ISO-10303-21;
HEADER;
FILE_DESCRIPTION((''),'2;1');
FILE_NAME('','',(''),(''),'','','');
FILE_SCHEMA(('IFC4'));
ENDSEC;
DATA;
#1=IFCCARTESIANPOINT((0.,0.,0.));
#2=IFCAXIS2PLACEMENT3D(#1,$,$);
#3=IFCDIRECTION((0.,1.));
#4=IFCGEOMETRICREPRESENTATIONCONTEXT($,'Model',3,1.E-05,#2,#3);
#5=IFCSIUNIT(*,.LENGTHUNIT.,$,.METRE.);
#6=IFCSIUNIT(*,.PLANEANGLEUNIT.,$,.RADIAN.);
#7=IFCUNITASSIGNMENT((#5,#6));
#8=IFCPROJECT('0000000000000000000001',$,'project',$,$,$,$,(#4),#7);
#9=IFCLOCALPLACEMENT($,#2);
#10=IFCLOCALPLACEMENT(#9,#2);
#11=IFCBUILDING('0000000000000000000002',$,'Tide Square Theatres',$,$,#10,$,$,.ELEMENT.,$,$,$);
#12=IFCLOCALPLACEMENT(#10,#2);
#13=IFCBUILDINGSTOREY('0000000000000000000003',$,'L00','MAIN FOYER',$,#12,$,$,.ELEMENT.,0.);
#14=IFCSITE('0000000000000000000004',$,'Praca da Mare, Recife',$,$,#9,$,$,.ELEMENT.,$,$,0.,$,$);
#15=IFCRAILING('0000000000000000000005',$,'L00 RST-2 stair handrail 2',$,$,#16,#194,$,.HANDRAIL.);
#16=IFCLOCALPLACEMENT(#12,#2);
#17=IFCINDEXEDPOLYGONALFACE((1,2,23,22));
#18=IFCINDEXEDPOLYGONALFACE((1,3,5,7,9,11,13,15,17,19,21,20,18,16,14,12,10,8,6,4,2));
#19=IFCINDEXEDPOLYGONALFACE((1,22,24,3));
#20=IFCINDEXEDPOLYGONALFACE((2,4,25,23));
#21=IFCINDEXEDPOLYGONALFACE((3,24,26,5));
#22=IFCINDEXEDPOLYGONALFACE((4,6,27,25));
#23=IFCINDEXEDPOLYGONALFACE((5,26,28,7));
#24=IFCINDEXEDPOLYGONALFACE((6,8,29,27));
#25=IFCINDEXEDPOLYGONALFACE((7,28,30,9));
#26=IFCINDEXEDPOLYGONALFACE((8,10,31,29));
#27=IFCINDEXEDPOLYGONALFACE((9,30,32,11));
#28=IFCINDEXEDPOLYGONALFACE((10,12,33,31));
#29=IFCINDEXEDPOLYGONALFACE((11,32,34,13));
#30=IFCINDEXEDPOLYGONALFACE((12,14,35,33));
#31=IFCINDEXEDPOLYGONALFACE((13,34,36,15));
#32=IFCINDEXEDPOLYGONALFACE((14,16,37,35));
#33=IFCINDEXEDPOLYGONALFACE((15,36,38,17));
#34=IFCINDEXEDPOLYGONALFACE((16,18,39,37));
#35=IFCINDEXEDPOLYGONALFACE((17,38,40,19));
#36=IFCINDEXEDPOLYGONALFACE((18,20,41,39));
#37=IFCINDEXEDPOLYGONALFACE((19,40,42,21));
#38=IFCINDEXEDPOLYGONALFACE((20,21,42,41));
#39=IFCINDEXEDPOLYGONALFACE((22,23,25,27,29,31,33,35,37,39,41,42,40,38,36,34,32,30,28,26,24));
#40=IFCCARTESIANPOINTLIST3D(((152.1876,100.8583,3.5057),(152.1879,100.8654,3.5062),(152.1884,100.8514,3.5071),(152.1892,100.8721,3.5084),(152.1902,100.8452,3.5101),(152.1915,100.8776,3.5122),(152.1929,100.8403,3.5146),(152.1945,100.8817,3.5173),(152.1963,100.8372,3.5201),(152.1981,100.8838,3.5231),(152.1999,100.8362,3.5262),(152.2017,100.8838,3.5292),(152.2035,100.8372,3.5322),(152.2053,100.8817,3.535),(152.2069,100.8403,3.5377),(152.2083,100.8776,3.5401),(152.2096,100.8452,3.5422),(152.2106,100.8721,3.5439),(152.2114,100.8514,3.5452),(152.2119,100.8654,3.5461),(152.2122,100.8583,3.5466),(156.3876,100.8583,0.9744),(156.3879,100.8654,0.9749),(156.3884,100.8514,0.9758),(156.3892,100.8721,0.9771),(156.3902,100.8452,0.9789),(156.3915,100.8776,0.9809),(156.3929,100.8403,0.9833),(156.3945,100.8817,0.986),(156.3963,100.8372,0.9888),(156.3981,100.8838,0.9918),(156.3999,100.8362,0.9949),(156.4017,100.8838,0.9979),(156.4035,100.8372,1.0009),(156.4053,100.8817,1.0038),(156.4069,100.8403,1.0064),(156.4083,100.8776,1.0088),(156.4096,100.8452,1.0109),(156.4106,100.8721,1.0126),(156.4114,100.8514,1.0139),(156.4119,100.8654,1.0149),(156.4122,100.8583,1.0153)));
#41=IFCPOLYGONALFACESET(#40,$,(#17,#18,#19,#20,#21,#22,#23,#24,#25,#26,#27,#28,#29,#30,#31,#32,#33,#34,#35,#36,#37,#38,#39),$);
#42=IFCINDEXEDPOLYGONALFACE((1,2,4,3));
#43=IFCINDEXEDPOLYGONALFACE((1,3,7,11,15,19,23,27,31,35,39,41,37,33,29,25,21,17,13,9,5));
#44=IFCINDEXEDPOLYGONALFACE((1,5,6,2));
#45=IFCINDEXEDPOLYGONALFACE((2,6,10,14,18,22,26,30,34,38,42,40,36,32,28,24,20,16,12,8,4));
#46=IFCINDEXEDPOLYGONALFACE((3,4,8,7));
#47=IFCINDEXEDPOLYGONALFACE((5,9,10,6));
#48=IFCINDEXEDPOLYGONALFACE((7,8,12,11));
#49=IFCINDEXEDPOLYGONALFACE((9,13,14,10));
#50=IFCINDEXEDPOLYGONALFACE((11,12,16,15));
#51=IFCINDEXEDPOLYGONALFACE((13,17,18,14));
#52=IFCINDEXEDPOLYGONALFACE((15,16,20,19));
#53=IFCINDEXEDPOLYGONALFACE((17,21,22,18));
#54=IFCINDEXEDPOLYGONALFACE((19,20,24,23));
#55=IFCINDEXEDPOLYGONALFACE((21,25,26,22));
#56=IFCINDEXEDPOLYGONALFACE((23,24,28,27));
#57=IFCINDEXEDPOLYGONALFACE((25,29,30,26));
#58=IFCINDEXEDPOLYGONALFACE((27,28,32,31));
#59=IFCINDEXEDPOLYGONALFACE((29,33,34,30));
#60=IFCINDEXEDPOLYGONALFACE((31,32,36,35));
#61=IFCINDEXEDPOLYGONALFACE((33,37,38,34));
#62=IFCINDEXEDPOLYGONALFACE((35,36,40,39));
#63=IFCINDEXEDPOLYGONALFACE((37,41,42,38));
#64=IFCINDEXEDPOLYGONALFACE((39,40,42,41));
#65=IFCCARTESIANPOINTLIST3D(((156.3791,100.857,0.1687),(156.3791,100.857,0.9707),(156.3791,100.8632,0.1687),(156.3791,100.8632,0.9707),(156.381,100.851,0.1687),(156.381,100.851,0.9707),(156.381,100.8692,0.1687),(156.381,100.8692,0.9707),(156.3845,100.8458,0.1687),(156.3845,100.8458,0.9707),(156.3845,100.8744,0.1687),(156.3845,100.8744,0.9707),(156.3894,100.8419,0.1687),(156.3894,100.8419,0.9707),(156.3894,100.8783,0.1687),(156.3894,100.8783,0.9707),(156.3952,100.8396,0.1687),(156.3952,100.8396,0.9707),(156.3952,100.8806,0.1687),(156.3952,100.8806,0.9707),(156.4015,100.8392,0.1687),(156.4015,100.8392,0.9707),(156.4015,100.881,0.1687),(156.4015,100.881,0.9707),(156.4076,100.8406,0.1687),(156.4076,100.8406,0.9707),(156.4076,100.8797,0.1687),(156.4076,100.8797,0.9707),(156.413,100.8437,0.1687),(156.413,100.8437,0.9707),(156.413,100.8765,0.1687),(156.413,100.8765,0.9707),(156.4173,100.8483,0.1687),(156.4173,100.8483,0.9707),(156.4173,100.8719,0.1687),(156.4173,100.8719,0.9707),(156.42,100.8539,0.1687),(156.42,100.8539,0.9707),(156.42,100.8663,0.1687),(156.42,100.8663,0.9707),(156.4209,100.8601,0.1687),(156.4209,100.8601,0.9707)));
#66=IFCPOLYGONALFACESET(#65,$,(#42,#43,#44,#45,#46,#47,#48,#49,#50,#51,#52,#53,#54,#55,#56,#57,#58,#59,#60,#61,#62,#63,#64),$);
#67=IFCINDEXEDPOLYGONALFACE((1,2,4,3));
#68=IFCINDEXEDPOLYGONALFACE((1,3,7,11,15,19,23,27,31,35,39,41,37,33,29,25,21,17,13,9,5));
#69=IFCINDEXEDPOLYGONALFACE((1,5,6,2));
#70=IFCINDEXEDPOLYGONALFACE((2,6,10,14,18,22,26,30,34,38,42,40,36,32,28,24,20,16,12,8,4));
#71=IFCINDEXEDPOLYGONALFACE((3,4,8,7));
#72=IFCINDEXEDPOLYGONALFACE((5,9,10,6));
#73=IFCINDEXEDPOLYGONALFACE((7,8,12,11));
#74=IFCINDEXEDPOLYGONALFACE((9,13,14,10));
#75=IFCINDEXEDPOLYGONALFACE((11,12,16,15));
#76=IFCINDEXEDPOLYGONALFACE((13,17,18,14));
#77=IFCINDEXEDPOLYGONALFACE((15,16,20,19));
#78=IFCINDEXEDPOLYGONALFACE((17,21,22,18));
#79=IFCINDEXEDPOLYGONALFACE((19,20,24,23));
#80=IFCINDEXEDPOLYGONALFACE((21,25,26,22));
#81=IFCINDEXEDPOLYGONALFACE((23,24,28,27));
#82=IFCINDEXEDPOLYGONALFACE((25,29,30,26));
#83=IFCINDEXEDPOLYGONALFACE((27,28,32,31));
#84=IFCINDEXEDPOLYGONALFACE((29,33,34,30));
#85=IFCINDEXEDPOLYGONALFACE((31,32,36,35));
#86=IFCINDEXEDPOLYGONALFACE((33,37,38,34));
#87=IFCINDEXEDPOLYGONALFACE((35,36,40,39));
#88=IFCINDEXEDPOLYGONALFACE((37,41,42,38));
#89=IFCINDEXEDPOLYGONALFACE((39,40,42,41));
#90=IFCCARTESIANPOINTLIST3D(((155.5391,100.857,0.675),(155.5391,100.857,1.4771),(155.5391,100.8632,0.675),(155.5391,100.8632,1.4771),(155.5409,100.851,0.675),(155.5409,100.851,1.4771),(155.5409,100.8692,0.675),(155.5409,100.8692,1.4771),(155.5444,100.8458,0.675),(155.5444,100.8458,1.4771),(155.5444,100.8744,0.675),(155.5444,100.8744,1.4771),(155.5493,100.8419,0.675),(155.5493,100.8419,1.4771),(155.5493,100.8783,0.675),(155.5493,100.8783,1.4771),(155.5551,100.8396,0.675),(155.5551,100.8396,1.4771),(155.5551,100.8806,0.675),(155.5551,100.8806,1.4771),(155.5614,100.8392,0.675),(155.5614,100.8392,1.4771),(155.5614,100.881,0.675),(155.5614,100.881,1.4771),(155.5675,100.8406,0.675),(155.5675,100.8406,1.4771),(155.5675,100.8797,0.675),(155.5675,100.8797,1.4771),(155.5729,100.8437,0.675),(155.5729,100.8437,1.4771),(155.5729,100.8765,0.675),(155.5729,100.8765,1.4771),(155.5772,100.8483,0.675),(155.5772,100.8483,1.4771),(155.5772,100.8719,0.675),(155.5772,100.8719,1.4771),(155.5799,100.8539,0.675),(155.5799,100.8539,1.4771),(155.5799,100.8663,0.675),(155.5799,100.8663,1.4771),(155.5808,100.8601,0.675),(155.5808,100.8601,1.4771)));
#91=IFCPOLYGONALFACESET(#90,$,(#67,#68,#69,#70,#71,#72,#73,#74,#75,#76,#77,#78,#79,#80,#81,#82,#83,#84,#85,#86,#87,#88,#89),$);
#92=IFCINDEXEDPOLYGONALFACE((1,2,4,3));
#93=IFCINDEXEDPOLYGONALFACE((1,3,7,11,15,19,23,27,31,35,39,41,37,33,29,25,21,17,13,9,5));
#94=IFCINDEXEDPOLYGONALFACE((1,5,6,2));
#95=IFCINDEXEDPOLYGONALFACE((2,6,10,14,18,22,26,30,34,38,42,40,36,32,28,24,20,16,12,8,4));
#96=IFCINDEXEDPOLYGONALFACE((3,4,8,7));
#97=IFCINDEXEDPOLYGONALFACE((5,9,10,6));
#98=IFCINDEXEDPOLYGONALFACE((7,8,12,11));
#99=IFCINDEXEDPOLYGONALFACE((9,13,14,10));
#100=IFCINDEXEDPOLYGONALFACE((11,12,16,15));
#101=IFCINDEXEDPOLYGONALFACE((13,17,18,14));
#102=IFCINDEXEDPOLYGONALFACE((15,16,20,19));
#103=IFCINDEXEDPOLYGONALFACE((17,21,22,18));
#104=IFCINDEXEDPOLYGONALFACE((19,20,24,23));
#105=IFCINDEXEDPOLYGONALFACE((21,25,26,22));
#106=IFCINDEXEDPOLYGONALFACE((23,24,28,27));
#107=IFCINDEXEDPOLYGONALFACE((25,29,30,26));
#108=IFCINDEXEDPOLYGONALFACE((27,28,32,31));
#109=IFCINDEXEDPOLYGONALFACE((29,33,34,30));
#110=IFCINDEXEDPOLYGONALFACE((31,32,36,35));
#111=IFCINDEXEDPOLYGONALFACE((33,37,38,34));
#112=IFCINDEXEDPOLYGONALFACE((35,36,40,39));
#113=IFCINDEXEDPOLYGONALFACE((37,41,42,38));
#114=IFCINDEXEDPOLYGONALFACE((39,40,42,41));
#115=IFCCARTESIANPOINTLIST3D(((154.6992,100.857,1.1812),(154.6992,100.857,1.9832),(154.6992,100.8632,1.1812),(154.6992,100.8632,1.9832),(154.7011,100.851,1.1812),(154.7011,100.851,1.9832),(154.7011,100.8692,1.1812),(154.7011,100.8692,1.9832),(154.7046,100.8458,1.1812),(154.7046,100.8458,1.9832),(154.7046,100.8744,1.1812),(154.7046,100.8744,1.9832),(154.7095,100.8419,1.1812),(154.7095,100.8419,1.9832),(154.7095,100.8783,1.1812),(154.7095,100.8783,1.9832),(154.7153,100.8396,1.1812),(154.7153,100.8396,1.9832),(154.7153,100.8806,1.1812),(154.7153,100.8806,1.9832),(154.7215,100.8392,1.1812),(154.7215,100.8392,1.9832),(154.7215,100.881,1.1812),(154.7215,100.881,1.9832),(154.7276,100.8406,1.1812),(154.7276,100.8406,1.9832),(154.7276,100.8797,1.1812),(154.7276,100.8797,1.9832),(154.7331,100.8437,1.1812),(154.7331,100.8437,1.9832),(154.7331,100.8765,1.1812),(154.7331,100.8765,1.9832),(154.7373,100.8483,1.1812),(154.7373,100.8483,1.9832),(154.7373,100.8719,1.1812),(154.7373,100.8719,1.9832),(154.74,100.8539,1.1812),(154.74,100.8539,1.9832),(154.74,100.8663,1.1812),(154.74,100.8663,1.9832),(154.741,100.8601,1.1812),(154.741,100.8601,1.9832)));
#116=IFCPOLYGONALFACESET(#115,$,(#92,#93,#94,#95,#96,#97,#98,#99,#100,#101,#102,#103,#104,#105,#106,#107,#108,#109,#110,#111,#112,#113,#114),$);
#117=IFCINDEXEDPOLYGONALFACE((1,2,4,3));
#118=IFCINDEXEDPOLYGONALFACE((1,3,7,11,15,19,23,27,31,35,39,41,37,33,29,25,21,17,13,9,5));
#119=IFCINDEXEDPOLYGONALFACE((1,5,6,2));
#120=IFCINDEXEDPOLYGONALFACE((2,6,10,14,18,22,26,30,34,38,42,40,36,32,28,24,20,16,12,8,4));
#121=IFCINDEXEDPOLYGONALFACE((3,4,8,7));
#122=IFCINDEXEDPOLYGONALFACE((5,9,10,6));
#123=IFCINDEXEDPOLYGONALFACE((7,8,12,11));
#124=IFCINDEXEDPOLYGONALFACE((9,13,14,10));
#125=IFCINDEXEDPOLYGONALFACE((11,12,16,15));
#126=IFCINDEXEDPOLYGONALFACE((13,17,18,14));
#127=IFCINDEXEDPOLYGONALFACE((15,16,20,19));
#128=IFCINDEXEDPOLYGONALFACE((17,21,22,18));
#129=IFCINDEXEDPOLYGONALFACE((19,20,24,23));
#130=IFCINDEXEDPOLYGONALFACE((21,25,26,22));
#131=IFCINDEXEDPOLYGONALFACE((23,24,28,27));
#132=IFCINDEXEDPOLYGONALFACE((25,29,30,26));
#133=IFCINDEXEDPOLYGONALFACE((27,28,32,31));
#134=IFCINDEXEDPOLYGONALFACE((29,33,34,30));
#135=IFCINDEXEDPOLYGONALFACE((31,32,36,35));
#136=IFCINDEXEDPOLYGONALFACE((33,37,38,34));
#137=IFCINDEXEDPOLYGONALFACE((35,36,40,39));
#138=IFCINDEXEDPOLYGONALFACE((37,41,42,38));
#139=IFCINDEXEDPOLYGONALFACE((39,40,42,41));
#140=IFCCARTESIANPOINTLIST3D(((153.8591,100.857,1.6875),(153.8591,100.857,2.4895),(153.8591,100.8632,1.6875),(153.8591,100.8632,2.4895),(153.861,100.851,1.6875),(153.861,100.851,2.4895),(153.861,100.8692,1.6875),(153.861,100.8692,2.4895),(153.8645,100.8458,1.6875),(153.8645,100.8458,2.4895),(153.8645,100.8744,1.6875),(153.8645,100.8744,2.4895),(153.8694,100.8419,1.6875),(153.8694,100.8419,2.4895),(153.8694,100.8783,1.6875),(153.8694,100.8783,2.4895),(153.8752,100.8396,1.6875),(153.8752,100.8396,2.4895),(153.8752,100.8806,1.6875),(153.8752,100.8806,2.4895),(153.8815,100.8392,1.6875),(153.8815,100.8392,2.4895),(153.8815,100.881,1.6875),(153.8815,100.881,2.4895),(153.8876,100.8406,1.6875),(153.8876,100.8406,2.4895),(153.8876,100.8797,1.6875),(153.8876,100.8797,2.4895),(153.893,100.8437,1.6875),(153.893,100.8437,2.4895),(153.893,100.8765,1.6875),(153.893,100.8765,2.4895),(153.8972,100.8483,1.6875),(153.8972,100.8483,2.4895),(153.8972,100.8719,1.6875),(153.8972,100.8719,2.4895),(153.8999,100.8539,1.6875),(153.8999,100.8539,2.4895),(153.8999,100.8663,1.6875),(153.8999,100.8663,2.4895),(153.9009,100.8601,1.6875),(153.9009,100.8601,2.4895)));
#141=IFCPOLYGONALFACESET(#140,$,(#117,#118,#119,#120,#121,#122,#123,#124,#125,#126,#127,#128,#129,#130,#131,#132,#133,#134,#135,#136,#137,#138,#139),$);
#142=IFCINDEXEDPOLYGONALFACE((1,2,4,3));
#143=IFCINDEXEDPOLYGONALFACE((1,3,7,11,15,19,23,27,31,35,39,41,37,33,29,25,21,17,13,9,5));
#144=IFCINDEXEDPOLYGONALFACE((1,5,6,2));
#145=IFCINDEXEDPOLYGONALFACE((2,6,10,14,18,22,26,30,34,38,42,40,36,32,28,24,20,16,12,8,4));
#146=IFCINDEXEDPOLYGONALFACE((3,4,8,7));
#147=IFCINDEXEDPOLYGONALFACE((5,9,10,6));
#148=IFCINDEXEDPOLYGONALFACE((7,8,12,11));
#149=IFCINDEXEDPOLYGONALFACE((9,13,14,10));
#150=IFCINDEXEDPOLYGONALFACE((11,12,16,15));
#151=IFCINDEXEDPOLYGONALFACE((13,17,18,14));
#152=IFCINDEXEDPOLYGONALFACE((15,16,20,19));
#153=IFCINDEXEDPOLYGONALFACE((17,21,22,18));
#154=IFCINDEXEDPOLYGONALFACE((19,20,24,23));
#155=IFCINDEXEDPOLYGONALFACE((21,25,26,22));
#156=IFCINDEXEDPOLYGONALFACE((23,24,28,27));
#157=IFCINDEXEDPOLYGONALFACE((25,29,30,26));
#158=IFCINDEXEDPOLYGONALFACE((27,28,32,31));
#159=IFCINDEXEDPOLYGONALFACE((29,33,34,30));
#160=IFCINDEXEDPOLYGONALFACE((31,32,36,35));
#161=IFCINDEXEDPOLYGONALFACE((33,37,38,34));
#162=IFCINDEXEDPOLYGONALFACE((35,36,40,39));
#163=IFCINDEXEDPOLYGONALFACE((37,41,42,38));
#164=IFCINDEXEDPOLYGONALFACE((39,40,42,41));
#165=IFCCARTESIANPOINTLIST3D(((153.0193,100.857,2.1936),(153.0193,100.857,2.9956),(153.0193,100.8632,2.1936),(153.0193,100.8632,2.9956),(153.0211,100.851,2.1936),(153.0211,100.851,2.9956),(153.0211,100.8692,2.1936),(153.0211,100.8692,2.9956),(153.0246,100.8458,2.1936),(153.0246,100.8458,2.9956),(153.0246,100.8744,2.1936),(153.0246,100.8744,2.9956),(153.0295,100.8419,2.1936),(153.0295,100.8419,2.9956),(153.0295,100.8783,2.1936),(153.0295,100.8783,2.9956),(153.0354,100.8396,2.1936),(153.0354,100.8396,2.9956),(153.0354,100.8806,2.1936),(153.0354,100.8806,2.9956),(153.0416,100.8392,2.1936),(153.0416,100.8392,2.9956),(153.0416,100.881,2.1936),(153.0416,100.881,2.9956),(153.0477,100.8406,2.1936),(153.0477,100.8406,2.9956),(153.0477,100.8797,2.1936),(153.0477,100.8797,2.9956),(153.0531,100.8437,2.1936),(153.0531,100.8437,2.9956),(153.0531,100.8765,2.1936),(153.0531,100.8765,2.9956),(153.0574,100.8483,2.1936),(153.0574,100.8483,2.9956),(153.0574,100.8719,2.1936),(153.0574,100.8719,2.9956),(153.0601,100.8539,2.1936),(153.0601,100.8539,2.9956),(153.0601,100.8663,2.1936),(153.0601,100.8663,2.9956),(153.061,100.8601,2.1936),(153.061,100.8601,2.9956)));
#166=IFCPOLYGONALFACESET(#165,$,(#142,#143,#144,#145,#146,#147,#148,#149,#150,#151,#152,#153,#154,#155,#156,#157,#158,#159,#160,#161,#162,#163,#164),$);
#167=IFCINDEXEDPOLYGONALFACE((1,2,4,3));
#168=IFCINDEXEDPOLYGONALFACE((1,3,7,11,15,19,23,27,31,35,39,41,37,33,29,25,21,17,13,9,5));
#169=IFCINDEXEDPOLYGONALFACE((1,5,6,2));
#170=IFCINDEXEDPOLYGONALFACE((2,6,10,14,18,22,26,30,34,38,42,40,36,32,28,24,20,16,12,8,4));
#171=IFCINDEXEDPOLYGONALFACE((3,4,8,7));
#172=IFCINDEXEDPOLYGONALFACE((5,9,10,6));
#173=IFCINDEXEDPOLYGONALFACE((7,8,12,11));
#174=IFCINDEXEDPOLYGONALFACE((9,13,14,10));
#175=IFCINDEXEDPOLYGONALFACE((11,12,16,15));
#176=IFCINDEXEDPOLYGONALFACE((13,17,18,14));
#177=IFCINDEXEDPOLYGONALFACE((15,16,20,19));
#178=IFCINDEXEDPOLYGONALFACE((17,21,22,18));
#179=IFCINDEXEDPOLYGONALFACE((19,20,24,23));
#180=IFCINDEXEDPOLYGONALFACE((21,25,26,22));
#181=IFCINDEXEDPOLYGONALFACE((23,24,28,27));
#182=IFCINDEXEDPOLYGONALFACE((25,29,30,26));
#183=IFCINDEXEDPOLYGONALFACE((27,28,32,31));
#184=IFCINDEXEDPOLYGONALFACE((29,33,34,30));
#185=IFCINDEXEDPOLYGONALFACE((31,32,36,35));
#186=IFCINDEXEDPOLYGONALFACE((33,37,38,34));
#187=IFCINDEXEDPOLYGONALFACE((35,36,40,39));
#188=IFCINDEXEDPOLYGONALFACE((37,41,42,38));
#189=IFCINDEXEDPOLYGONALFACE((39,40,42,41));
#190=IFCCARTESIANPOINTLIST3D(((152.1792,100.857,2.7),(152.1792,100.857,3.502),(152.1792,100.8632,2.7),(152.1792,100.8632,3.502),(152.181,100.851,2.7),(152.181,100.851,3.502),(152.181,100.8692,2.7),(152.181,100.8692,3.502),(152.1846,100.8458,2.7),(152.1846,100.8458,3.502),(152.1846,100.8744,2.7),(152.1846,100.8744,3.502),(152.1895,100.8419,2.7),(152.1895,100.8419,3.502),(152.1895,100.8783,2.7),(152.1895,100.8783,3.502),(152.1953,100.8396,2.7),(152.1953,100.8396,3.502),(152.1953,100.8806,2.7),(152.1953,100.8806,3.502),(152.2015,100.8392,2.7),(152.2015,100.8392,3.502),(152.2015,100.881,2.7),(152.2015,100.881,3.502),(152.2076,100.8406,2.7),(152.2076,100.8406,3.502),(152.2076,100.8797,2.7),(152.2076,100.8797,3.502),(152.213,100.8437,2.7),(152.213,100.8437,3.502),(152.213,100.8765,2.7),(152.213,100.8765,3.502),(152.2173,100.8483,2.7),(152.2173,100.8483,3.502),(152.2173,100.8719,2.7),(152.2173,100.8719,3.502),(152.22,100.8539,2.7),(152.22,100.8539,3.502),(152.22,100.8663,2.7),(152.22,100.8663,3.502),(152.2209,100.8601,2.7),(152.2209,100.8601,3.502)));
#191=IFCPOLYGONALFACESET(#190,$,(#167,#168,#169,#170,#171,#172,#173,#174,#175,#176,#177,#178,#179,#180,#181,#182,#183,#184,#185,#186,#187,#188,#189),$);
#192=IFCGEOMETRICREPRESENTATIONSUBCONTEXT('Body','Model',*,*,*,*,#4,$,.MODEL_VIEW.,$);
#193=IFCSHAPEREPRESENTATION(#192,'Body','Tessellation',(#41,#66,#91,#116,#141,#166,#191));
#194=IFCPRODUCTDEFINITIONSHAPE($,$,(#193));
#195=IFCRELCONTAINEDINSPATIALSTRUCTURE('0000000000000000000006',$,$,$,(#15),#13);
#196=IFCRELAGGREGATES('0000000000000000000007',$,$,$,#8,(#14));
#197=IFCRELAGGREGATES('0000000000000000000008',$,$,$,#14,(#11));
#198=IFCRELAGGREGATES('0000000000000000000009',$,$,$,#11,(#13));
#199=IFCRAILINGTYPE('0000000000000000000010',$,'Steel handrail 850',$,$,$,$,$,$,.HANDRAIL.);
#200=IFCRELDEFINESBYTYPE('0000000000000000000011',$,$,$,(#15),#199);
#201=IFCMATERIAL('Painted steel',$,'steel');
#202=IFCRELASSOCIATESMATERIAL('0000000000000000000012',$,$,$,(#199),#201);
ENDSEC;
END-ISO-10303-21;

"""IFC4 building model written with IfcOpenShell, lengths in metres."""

from ifc_helpers import new_model, si_unit, direction, frame, origin, origin_2d, place, context, subcontext, project, spatial, circle, extrude, material, type_object, element, save


model = new_model("IFC4")

# Units and contexts
model_context = context("Model", 3, precision=1e-05, world=origin(), true_north=direction((0.0, 1.0)))
body_context = subcontext(model_context, "Body", "Model", "MODEL_VIEW")
ifc_project = project(units=[si_unit("LENGTHUNIT", "METRE"), si_unit("PLANEANGLEUNIT", "RADIAN")], contexts=[model_context])

# Site, building, storey
site_placement = place(None, origin())
site = spatial("IfcSite", under=ifc_project, at=site_placement, Name="Praca da Mare, Recife", CompositionType="ELEMENT", RefElevation=0.0)
building_placement = place(site_placement, origin())
building = spatial("IfcBuilding", under=site, at=building_placement, Name="Tide Square Theatres", CompositionType="ELEMENT")
storey_placement = place(building_placement, origin())
storey = spatial("IfcBuildingStorey", under=building, at=storey_placement, Name="L00", Description="MAIN FOYER", CompositionType="ELEMENT", Elevation=0.0)

# Railing
ifc_material_1 = material(Name="Painted steel", Category="steel")
railing_type_1 = type_object("IfcRailingType", Name="Steel handrail 850", PredefinedType="HANDRAIL", material=ifc_material_1)
for number, where, name in (
    (1, (156.3999, 100.8601, 0.1687), "L00 RST-2 stair handrail 2"),
):
    element("IfcRailing", number, at=place(storey_placement, frame(where)), inside=storey, type_object=railing_type_1, Name=name, PredefinedType="HANDRAIL", context=body_context, shape_type="SweptSolid", body=[
        extrude(circle(Radius=0.0239, at=origin_2d()), frame((0.0, 0.0, 0.8262), z_axis=(-0.856476, 0.0, 0.516186), x_axis=(0.0, -1.0, 0.0)), (0.0, 0.0, 1.0), 4.9038),
        extrude(circle(Radius=0.021, at=origin_2d()), origin(), (0.0, 0.0, 1.0), 0.802),
        extrude(circle(Radius=0.021, at=origin_2d()), frame((-0.8401, 0.0, 0.5063)), (0.0, 0.0, 1.0), 0.802),
        extrude(circle(Radius=0.021, at=origin_2d()), frame((-1.6799, 0.0, 1.0125)), (0.0, 0.0, 1.0), 0.802),
        extrude(circle(Radius=0.021, at=origin_2d()), frame((-2.52, 0.0, 1.5188)), (0.0, 0.0, 1.0), 0.802),
        extrude(circle(Radius=0.021, at=origin_2d()), frame((-3.3599, 0.0, 2.0249)), (0.0, 0.0, 1.0), 0.802),
        extrude(circle(Radius=0.021, at=origin_2d()), frame((-4.2, 0.0, 2.5312)), (0.0, 0.0, 1.0), 0.802),
    ])

save(model, "model.ifc")
